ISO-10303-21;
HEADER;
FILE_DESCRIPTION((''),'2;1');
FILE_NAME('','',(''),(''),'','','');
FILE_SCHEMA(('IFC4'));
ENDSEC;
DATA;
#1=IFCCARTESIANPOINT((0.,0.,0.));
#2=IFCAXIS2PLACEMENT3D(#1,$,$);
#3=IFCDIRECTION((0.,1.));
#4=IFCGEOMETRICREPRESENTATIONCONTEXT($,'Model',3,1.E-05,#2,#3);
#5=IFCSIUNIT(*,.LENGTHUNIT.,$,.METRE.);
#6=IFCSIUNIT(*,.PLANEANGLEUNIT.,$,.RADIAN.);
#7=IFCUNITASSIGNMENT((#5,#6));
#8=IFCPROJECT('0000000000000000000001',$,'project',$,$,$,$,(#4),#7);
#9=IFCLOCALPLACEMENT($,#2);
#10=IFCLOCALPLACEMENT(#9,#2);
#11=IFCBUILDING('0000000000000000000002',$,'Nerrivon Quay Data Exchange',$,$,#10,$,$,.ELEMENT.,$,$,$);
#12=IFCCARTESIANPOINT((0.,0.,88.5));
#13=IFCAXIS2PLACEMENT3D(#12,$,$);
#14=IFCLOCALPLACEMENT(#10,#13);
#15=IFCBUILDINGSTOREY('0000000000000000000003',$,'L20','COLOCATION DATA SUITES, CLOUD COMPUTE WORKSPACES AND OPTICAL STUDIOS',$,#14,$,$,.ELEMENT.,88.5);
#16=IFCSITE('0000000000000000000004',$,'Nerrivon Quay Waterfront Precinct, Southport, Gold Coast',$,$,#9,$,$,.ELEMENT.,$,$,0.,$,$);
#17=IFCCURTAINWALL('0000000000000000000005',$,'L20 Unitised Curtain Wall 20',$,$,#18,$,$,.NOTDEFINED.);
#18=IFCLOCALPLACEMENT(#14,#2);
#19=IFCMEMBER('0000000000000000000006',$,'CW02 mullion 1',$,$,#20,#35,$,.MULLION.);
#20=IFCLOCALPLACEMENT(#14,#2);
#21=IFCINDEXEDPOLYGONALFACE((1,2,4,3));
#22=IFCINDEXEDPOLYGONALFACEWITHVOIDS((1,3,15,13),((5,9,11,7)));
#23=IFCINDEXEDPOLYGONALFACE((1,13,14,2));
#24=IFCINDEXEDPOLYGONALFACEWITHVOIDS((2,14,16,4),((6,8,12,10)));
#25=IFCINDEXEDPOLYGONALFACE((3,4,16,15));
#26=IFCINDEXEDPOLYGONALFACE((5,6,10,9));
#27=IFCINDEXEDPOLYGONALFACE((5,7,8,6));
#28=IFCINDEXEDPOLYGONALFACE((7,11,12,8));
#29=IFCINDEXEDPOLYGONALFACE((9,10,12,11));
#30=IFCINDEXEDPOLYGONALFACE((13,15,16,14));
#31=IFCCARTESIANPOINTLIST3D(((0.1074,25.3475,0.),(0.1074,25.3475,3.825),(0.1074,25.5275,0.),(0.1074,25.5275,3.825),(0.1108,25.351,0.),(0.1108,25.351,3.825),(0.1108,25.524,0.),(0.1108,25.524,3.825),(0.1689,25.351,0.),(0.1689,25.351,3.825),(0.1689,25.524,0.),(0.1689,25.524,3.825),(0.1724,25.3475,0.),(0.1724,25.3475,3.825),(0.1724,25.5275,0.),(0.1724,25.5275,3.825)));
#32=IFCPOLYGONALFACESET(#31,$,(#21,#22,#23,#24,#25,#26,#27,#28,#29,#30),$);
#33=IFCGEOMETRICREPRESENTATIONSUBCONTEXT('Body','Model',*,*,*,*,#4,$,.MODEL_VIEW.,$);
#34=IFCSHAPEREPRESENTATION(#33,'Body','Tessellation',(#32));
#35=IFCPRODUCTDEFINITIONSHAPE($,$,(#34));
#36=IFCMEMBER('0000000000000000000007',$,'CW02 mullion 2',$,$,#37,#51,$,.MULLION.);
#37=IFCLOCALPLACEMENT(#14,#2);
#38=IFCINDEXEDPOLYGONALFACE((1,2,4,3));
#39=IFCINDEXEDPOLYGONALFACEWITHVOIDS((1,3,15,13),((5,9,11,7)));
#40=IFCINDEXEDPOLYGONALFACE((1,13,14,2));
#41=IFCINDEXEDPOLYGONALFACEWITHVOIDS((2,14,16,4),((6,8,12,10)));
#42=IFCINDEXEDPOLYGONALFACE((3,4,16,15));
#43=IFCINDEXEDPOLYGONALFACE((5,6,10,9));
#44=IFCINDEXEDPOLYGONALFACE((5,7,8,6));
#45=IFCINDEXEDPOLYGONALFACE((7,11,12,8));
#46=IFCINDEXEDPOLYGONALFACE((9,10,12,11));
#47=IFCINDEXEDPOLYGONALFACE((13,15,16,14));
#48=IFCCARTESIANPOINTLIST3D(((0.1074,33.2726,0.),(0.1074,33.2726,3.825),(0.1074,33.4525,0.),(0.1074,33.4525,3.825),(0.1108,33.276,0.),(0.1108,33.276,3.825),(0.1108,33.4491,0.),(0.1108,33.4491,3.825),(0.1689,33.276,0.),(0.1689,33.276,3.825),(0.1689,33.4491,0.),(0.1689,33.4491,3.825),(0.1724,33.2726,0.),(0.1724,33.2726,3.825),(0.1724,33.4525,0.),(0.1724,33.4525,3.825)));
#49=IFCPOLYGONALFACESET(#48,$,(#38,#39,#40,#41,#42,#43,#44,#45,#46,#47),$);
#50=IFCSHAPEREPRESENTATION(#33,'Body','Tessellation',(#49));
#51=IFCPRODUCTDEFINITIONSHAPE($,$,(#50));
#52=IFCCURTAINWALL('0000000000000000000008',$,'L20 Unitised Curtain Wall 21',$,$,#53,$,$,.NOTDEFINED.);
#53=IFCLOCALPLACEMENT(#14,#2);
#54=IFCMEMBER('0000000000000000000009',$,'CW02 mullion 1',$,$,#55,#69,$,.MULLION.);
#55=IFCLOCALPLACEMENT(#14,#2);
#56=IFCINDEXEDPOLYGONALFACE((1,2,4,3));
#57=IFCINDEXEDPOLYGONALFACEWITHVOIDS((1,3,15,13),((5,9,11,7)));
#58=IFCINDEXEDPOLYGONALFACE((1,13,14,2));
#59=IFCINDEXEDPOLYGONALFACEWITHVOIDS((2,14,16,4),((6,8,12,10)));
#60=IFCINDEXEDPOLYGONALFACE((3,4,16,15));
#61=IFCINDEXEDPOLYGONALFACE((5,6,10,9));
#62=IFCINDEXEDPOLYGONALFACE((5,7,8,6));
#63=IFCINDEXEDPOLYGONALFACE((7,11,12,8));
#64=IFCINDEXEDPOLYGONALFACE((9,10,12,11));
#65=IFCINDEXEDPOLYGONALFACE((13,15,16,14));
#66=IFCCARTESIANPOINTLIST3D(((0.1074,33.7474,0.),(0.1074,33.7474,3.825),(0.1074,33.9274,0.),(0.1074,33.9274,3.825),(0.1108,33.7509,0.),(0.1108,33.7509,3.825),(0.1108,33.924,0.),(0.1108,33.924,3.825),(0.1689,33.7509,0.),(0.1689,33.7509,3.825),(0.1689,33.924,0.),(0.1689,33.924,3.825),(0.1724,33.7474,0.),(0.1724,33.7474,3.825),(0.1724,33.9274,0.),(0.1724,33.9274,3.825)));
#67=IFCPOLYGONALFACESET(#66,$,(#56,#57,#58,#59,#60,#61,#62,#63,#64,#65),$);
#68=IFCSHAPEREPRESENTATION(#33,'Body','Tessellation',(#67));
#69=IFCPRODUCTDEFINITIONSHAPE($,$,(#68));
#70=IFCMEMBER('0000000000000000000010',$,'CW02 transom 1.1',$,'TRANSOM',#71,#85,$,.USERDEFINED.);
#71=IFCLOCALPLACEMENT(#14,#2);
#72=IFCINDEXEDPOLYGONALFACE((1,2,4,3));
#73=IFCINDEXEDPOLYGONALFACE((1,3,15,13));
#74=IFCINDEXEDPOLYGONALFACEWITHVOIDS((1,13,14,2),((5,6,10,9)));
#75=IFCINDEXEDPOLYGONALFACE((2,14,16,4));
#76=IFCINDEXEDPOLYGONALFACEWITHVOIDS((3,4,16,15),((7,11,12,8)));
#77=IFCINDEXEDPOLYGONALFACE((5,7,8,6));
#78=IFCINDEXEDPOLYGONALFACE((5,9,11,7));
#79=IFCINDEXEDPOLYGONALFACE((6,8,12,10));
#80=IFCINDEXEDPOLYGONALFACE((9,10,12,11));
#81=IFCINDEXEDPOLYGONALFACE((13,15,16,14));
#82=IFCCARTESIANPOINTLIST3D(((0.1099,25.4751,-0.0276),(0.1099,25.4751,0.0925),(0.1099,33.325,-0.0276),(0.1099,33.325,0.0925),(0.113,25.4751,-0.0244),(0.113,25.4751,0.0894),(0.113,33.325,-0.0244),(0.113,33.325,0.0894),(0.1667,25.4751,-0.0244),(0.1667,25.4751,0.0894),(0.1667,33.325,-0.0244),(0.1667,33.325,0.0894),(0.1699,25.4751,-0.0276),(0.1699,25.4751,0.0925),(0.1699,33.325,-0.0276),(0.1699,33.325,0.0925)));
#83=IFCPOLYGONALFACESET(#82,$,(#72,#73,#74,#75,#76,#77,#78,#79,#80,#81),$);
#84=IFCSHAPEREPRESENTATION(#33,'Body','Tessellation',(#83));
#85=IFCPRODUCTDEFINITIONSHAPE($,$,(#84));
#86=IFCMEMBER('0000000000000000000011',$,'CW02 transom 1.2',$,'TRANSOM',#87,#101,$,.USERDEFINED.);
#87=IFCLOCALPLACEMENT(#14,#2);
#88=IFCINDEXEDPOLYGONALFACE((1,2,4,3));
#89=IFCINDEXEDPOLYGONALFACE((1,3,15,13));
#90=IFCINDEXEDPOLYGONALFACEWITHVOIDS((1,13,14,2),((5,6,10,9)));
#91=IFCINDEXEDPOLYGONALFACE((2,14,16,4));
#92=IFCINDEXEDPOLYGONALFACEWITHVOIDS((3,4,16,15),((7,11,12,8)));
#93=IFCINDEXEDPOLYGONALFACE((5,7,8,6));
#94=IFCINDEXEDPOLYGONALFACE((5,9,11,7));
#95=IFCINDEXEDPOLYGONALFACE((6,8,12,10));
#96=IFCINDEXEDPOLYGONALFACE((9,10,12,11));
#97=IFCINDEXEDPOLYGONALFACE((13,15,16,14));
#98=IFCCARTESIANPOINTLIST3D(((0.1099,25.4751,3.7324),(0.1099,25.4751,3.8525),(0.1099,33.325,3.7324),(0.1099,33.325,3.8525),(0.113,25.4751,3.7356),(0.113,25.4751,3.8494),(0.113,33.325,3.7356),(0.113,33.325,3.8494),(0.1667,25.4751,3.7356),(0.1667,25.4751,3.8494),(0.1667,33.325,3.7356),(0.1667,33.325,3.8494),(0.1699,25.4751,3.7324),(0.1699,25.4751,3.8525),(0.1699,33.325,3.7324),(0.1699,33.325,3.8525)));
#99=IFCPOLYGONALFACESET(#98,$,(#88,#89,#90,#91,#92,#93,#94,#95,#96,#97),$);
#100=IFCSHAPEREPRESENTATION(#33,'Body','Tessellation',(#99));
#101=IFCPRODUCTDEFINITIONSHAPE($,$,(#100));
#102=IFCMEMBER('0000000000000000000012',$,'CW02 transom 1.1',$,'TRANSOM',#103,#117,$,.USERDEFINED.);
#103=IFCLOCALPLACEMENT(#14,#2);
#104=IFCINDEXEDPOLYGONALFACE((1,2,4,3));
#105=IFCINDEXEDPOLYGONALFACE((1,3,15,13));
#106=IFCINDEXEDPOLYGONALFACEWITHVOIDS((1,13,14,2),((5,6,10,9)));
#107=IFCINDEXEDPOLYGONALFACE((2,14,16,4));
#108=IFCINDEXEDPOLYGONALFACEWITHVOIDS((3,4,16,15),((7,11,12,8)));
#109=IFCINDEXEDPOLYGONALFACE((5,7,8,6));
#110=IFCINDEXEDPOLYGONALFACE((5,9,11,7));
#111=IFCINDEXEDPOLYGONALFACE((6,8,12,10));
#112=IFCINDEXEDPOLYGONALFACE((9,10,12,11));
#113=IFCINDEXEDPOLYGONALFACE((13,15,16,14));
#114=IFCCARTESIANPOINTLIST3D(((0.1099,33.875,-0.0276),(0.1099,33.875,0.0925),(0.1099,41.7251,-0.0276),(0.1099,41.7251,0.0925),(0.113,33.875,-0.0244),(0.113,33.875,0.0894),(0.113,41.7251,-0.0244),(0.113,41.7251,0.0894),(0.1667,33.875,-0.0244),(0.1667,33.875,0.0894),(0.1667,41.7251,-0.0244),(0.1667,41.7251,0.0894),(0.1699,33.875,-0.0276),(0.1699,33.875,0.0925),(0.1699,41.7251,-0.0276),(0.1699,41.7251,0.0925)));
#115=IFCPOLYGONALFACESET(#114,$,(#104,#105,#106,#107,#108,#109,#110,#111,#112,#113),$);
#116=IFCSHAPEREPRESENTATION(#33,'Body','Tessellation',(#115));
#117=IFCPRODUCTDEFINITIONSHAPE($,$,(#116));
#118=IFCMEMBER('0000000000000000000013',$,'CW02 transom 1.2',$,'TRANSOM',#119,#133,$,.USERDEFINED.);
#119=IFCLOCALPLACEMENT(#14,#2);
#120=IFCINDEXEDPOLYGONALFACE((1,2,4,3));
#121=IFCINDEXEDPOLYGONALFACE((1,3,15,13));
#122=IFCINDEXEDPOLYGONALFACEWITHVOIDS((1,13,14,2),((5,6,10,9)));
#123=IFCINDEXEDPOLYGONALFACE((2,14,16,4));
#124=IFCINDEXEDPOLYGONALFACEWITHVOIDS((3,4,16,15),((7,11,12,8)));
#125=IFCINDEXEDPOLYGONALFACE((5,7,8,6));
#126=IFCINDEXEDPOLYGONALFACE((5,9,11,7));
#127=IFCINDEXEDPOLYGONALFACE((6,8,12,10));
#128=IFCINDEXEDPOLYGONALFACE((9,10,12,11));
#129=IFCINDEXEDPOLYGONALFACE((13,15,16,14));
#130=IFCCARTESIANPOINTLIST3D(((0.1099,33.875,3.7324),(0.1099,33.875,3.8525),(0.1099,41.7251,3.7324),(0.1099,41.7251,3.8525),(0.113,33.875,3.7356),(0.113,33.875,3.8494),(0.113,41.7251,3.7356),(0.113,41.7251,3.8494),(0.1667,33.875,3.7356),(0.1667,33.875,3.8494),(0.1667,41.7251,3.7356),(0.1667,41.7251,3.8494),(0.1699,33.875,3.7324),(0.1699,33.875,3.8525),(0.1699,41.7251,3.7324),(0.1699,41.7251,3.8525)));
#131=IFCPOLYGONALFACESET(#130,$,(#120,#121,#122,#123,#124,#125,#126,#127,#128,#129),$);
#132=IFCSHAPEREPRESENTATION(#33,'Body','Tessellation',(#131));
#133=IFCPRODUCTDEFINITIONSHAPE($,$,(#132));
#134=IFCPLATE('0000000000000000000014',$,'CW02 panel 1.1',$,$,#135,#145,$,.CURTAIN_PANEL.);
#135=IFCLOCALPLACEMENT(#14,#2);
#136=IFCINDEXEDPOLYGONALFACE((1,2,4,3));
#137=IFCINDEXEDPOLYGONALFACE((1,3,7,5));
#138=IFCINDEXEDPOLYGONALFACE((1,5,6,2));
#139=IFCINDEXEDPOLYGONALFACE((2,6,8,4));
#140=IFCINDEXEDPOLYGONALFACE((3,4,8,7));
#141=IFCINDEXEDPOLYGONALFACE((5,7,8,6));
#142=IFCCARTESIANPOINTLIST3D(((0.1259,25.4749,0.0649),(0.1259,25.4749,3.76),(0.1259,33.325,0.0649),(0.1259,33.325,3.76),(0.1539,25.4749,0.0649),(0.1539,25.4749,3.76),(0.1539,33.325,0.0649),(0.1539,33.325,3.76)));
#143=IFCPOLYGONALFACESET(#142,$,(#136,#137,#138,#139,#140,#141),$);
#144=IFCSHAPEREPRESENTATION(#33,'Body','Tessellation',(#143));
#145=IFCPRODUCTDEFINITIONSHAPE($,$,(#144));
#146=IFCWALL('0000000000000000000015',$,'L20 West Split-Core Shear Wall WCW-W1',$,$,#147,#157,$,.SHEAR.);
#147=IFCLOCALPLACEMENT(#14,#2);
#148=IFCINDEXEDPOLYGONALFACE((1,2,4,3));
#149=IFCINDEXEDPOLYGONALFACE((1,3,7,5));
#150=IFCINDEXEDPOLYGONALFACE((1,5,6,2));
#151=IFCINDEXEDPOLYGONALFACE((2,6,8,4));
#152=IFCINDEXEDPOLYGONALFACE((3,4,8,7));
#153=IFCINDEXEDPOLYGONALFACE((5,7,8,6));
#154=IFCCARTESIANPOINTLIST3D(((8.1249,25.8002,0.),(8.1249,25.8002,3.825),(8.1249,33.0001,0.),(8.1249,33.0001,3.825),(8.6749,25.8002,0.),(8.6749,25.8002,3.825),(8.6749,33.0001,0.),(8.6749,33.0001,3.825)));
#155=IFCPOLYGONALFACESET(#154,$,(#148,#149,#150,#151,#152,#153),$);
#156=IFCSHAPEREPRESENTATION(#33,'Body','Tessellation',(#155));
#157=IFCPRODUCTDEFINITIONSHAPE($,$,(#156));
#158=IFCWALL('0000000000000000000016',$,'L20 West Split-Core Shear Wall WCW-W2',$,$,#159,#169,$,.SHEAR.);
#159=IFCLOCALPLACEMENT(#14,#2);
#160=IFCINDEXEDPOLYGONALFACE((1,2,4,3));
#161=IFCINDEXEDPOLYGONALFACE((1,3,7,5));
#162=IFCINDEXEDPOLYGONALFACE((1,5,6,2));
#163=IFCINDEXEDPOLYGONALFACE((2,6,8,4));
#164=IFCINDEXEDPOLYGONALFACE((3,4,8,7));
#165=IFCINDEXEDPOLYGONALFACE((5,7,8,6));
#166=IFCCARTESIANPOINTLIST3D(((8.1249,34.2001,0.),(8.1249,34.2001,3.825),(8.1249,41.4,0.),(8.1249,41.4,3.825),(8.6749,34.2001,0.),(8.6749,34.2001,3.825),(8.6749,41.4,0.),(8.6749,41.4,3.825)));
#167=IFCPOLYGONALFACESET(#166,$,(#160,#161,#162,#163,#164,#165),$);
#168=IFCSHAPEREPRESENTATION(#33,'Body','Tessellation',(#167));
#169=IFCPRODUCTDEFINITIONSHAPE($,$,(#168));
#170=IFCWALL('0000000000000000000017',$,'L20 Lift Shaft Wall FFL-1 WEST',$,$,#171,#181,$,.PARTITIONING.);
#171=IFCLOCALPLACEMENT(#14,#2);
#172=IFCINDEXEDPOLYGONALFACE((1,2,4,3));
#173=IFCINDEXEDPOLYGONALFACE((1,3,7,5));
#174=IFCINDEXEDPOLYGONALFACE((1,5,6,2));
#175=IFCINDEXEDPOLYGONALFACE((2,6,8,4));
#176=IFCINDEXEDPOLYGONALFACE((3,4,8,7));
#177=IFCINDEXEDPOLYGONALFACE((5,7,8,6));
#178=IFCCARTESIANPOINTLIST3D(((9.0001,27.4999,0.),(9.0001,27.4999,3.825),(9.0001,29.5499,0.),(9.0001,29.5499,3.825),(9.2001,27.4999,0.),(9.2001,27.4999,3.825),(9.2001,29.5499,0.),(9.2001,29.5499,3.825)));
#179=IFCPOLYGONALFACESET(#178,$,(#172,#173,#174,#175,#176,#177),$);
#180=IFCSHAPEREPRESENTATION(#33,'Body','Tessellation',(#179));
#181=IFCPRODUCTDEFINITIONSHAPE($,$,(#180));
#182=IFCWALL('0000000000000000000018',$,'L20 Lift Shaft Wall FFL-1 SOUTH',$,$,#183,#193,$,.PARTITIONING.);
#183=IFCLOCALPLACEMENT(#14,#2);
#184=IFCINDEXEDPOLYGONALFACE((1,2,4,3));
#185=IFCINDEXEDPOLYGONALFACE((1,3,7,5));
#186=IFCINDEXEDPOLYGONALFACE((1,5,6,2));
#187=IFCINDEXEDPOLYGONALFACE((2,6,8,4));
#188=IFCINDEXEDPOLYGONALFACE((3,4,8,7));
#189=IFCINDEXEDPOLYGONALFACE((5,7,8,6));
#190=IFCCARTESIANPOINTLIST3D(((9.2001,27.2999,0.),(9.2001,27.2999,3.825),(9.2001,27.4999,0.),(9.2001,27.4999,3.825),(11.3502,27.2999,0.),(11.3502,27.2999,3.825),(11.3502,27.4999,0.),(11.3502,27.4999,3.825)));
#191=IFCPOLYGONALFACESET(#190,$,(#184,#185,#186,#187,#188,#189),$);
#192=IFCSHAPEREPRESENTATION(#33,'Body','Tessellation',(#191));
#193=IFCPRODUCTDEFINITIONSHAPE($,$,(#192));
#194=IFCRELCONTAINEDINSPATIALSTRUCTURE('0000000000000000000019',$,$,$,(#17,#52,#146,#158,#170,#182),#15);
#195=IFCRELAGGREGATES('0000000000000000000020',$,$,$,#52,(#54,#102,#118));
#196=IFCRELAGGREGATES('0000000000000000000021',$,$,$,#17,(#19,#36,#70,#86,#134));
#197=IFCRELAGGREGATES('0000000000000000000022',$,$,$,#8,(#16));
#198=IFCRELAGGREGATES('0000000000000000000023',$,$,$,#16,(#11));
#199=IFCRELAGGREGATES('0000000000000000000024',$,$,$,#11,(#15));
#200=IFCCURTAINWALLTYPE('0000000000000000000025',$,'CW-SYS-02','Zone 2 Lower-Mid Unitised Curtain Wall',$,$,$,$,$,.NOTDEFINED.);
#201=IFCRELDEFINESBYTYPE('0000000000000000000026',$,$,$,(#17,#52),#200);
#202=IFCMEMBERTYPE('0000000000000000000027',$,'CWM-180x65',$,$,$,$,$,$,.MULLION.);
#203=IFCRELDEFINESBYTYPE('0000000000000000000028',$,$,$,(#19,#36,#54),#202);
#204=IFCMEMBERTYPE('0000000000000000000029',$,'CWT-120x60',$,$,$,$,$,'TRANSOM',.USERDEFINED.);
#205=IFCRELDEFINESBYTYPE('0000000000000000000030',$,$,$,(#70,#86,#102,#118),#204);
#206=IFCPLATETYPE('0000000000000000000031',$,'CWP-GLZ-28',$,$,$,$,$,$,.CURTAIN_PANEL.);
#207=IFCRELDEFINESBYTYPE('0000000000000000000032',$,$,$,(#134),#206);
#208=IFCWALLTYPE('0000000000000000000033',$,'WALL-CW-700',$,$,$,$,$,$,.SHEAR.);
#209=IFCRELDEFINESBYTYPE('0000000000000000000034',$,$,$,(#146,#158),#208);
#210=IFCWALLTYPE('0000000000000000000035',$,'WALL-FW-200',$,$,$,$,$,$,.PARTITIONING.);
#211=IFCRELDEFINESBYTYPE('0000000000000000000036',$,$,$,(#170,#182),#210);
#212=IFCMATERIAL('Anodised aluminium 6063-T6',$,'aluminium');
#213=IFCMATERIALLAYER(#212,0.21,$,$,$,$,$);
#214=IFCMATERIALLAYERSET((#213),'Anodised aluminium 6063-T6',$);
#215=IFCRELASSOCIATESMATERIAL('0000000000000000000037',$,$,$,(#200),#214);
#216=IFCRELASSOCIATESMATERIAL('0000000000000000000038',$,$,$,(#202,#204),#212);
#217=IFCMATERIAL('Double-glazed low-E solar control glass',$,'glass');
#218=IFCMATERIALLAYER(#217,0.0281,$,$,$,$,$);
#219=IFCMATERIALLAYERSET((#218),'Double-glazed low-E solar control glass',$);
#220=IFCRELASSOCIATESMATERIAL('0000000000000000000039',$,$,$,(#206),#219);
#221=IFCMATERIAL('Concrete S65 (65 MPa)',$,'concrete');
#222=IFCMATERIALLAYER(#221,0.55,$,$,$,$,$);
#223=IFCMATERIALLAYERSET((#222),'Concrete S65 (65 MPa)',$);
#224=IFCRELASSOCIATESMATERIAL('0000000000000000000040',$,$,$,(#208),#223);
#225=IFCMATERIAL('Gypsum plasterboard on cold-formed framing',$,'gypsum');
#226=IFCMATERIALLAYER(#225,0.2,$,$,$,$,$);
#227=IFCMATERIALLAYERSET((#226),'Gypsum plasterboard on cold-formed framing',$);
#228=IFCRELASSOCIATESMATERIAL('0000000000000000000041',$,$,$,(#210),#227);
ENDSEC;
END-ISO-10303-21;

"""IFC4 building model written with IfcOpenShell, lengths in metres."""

from ifc_helpers import new_model, si_unit, direction, frame, frame_2d, origin, origin_2d, place, context, subcontext, project, spatial, rectangle, hollow_rectangle, extrude, material, layer, layer_set, material_profile, profile_set, type_object, element, aggregate, save


model = new_model("IFC4")

# Units and contexts
model_context = context("Model", 3, precision=1e-05, world=origin(), true_north=direction((0.0, 1.0)))
body_context = subcontext(model_context, "Body", "Model", "MODEL_VIEW")
ifc_project = project(units=[si_unit("LENGTHUNIT", "METRE"), si_unit("PLANEANGLEUNIT", "RADIAN")], contexts=[model_context])

# Site, building, storey
site_placement = place(None, origin())
site = spatial("IfcSite", under=ifc_project, at=site_placement, Name="Nerrivon Quay Waterfront Precinct, Southport, Gold Coast", CompositionType="ELEMENT", RefElevation=0.0)
building_placement = place(site_placement, origin())
building = spatial("IfcBuilding", under=site, at=building_placement, Name="Nerrivon Quay Data Exchange", CompositionType="ELEMENT")
storey_placement = place(building_placement, frame((0.0, 0.0, 88.5)))
storey = spatial("IfcBuildingStorey", under=building, at=storey_placement, Name="L20", Description="COLOCATION DATA SUITES, CLOUD COMPUTE WORKSPACES AND OPTICAL STUDIOS", CompositionType="ELEMENT", Elevation=88.5)

# Shared definitions
ifc_material_1 = material(Name="Concrete S65 (65 MPa)", Category="concrete")

# Curtain wall, members
ifc_material_2 = material(Name="Anodised aluminium 6063-T6", Category="aluminium")
ifc_layer_1 = layer(ifc_material_2, 0.21)
ifc_layer_set_1 = layer_set([ifc_layer_1], Name="Anodised aluminium 6063-T6")
curtain_wall_type = type_object("IfcCurtainWallType", Name="CW-SYS-02", Description="Zone 2 Lower-Mid Unitised Curtain Wall", PredefinedType="NOTDEFINED", material=ifc_layer_set_1)
curtain_wall_1_placement = place(storey_placement, origin())
curtain_wall_1 = element("IfcCurtainWall", 1, at=curtain_wall_1_placement, inside=storey, type_object=curtain_wall_type, Name="L20 Unitised Curtain Wall 20", PredefinedType="NOTDEFINED")
ifc_material_profile_1 = material_profile(ifc_material_2, hollow_rectangle(XDim=0.0649, YDim=0.1799, WallThickness=0.0034, at=origin_2d()), Name="ALU-MULL-180x65")
ifc_profile_set_1 = profile_set([ifc_material_profile_1], Name="Anodised aluminium 6063-T6")
member_type_1 = type_object("IfcMemberType", Name="CWM-180x65", PredefinedType="MULLION", material=ifc_profile_set_1)
member_1_placement = place(storey_placement, frame((0.1399, 25.4375, 0.0), z_axis=(0.0, 0.0, 1.0), x_axis=(-1.0, 0.0, 0.0)))
member_1 = element("IfcMember", 2, at=member_1_placement, type_object=member_type_1, Name="CW02 mullion 1", PredefinedType="MULLION", context=body_context, shape_type="SweptSolid", body=[
    extrude(hollow_rectangle(XDim=0.0649, YDim=0.1799, WallThickness=0.0034, at=origin_2d()), origin(), (0.0, 0.0, 1.0), 3.825),
])
member_2_placement = place(storey_placement, frame((0.1399, 33.3625, 0.0), z_axis=(0.0, 0.0, 1.0), x_axis=(-1.0, 0.0, 0.0)))
member_2 = element("IfcMember", 3, at=member_2_placement, type_object=member_type_1, Name="CW02 mullion 2", PredefinedType="MULLION", context=body_context, shape_type="SweptSolid", body=[
    extrude(hollow_rectangle(XDim=0.0649, YDim=0.1799, WallThickness=0.0034, at=origin_2d()), origin(), (0.0, 0.0, 1.0), 3.825),
])

# Curtain wall, member
curtain_wall_2_placement = place(storey_placement, origin())
curtain_wall_2 = element("IfcCurtainWall", 4, at=curtain_wall_2_placement, inside=storey, type_object=curtain_wall_type, Name="L20 Unitised Curtain Wall 21", PredefinedType="NOTDEFINED")
member_3_placement = place(storey_placement, frame((0.1399, 33.8374, 0.0), z_axis=(0.0, 0.0, 1.0), x_axis=(-1.0, 0.0, 0.0)))
member_3 = element("IfcMember", 5, at=member_3_placement, type_object=member_type_1, Name="CW02 mullion 1", PredefinedType="MULLION", context=body_context, shape_type="SweptSolid", body=[
    extrude(hollow_rectangle(XDim=0.0649, YDim=0.1799, WallThickness=0.0034, at=origin_2d()), origin(), (0.0, 0.0, 1.0), 3.825),
])

# Members
ifc_material_profile_2 = material_profile(ifc_material_2, hollow_rectangle(XDim=0.0601, YDim=0.1201, WallThickness=0.0032, at=origin_2d()), Name="ALU-TRAN-120x60")
ifc_profile_set_2 = profile_set([ifc_material_profile_2], Name="Anodised aluminium 6063-T6")
member_type_2 = type_object("IfcMemberType", Name="CWT-120x60", ElementType="TRANSOM", PredefinedType="USERDEFINED", material=ifc_profile_set_2)
member_4_placement = place(storey_placement, frame((0.1399, 25.4751, 0.0325), z_axis=(0.0, 1.0, 0.0), x_axis=(-1.0, 0.0, 0.0)))
member_4 = element("IfcMember", 6, at=member_4_placement, type_object=member_type_2, Name="CW02 transom 1.1", ObjectType="TRANSOM", PredefinedType="USERDEFINED", context=body_context, shape_type="SweptSolid", body=[
    extrude(hollow_rectangle(XDim=0.0601, YDim=0.1201, WallThickness=0.0032, at=origin_2d()), origin(), (0.0, 0.0, 1.0), 7.8499),
])
member_5_placement = place(storey_placement, frame((0.1399, 25.4751, 3.7925), z_axis=(0.0, 1.0, 0.0), x_axis=(-1.0, 0.0, 0.0)))
member_5 = element("IfcMember", 7, at=member_5_placement, type_object=member_type_2, Name="CW02 transom 1.2", ObjectType="TRANSOM", PredefinedType="USERDEFINED", context=body_context, shape_type="SweptSolid", body=[
    extrude(hollow_rectangle(XDim=0.0601, YDim=0.1201, WallThickness=0.0032, at=origin_2d()), origin(), (0.0, 0.0, 1.0), 7.8499),
])
member_6_placement = place(storey_placement, frame((0.1399, 33.875, 0.0325), z_axis=(0.0, 1.0, 0.0), x_axis=(-1.0, 0.0, 0.0)))
member_6 = element("IfcMember", 8, at=member_6_placement, type_object=member_type_2, Name="CW02 transom 1.1", ObjectType="TRANSOM", PredefinedType="USERDEFINED", context=body_context, shape_type="SweptSolid", body=[
    extrude(hollow_rectangle(XDim=0.0601, YDim=0.1201, WallThickness=0.0032, at=origin_2d()), origin(), (0.0, 0.0, 1.0), 7.8501),
])
member_7_placement = place(storey_placement, frame((0.1399, 33.875, 3.7925), z_axis=(0.0, 1.0, 0.0), x_axis=(-1.0, 0.0, 0.0)))
member_7 = element("IfcMember", 9, at=member_7_placement, type_object=member_type_2, Name="CW02 transom 1.2", ObjectType="TRANSOM", PredefinedType="USERDEFINED", context=body_context, shape_type="SweptSolid", body=[
    extrude(hollow_rectangle(XDim=0.0601, YDim=0.1201, WallThickness=0.0032, at=origin_2d()), origin(), (0.0, 0.0, 1.0), 7.8501),
])
aggregate(curtain_wall_2, [member_3, member_6, member_7])

# Plate
ifc_material_3 = material(Name="Double-glazed low-E solar control glass", Category="glass")
ifc_layer_2 = layer(ifc_material_3, 0.0281)
ifc_layer_set_2 = layer_set([ifc_layer_2], Name="Double-glazed low-E solar control glass")
plate_type = type_object("IfcPlateType", Name="CWP-GLZ-28", PredefinedType="CURTAIN_PANEL", material=ifc_layer_set_2)
plate_placement = place(storey_placement, frame((0.1399, 29.3999, 0.0649), z_axis=(0.0, 0.0, 1.0), x_axis=(0.0, 1.0, 0.0)))
plate = element("IfcPlate", 10, at=plate_placement, type_object=plate_type, Name="CW02 panel 1.1", PredefinedType="CURTAIN_PANEL", context=body_context, shape_type="SweptSolid", body=[
    extrude(rectangle(XDim=7.8501, YDim=0.0281, at=origin_2d()), origin(), (0.0, 0.0, 1.0), 3.6951),
])
aggregate(curtain_wall_1, [member_1, member_2, member_4, member_5, plate])

# Walls
ifc_layer_3 = layer(ifc_material_1, 0.55)
ifc_layer_set_3 = layer_set([ifc_layer_3], Name="Concrete S65 (65 MPa)")
wall_type_1 = type_object("IfcWallType", Name="WALL-CW-700", PredefinedType="SHEAR", material=ifc_layer_set_3)
for number, where, z_axis, x_axis, name in (
    (11, (8.3999, 25.8, 0.0), (0.0, 0.0, 1.0), (0.0, 1.0, 0.0), "L20 West Split-Core Shear Wall WCW-W1"),
    (12, (8.3999, 34.2, 0.0), (0.0, 0.0, 1.0), (0.0, 1.0, 0.0), "L20 West Split-Core Shear Wall WCW-W2"),
):
    element("IfcWall", number, at=place(storey_placement, frame(where, z_axis=z_axis, x_axis=x_axis)), inside=storey, type_object=wall_type_1, Name=name, PredefinedType="SHEAR", context=body_context, shape_type="SweptSolid", body=[
        extrude(rectangle(XDim=7.2, YDim=0.55, at=frame_2d((3.6001, 0.0))), origin(), (0.0, 0.0, 1.0), 3.825),
    ])

# Walls
ifc_material_4 = material(Name="Gypsum plasterboard on cold-formed framing", Category="gypsum")
ifc_layer_4 = layer(ifc_material_4, 0.2)
ifc_layer_set_4 = layer_set([ifc_layer_4], Name="Gypsum plasterboard on cold-formed framing")
wall_type_2 = type_object("IfcWallType", Name="WALL-FW-200", PredefinedType="PARTITIONING", material=ifc_layer_set_4)
wall_1_placement = place(storey_placement, frame((9.1001, 27.5, 0.0), z_axis=(0.0, 0.0, 1.0), x_axis=(0.0, 1.0, 0.0)))
element("IfcWall", 13, at=wall_1_placement, inside=storey, type_object=wall_type_2, Name="L20 Lift Shaft Wall FFL-1 WEST", PredefinedType="PARTITIONING", context=body_context, shape_type="SweptSolid", body=[
    extrude(rectangle(XDim=2.05, YDim=0.2, at=frame_2d((1.0249, 0.0))), origin(), (0.0, 0.0, 1.0), 3.825),
])
wall_2_placement = place(storey_placement, frame((9.2, 27.3999, 0.0), z_axis=(0.0, 0.0, 1.0), x_axis=(1.0, 0.0, 0.0)))
element("IfcWall", 14, at=wall_2_placement, inside=storey, type_object=wall_type_2, Name="L20 Lift Shaft Wall FFL-1 SOUTH", PredefinedType="PARTITIONING", context=body_context, shape_type="SweptSolid", body=[
    extrude(rectangle(XDim=2.1501, YDim=0.2, at=frame_2d((1.0752, 0.0))), origin(), (0.0, 0.0, 1.0), 3.825),
])

save(model, "model.ifc")
